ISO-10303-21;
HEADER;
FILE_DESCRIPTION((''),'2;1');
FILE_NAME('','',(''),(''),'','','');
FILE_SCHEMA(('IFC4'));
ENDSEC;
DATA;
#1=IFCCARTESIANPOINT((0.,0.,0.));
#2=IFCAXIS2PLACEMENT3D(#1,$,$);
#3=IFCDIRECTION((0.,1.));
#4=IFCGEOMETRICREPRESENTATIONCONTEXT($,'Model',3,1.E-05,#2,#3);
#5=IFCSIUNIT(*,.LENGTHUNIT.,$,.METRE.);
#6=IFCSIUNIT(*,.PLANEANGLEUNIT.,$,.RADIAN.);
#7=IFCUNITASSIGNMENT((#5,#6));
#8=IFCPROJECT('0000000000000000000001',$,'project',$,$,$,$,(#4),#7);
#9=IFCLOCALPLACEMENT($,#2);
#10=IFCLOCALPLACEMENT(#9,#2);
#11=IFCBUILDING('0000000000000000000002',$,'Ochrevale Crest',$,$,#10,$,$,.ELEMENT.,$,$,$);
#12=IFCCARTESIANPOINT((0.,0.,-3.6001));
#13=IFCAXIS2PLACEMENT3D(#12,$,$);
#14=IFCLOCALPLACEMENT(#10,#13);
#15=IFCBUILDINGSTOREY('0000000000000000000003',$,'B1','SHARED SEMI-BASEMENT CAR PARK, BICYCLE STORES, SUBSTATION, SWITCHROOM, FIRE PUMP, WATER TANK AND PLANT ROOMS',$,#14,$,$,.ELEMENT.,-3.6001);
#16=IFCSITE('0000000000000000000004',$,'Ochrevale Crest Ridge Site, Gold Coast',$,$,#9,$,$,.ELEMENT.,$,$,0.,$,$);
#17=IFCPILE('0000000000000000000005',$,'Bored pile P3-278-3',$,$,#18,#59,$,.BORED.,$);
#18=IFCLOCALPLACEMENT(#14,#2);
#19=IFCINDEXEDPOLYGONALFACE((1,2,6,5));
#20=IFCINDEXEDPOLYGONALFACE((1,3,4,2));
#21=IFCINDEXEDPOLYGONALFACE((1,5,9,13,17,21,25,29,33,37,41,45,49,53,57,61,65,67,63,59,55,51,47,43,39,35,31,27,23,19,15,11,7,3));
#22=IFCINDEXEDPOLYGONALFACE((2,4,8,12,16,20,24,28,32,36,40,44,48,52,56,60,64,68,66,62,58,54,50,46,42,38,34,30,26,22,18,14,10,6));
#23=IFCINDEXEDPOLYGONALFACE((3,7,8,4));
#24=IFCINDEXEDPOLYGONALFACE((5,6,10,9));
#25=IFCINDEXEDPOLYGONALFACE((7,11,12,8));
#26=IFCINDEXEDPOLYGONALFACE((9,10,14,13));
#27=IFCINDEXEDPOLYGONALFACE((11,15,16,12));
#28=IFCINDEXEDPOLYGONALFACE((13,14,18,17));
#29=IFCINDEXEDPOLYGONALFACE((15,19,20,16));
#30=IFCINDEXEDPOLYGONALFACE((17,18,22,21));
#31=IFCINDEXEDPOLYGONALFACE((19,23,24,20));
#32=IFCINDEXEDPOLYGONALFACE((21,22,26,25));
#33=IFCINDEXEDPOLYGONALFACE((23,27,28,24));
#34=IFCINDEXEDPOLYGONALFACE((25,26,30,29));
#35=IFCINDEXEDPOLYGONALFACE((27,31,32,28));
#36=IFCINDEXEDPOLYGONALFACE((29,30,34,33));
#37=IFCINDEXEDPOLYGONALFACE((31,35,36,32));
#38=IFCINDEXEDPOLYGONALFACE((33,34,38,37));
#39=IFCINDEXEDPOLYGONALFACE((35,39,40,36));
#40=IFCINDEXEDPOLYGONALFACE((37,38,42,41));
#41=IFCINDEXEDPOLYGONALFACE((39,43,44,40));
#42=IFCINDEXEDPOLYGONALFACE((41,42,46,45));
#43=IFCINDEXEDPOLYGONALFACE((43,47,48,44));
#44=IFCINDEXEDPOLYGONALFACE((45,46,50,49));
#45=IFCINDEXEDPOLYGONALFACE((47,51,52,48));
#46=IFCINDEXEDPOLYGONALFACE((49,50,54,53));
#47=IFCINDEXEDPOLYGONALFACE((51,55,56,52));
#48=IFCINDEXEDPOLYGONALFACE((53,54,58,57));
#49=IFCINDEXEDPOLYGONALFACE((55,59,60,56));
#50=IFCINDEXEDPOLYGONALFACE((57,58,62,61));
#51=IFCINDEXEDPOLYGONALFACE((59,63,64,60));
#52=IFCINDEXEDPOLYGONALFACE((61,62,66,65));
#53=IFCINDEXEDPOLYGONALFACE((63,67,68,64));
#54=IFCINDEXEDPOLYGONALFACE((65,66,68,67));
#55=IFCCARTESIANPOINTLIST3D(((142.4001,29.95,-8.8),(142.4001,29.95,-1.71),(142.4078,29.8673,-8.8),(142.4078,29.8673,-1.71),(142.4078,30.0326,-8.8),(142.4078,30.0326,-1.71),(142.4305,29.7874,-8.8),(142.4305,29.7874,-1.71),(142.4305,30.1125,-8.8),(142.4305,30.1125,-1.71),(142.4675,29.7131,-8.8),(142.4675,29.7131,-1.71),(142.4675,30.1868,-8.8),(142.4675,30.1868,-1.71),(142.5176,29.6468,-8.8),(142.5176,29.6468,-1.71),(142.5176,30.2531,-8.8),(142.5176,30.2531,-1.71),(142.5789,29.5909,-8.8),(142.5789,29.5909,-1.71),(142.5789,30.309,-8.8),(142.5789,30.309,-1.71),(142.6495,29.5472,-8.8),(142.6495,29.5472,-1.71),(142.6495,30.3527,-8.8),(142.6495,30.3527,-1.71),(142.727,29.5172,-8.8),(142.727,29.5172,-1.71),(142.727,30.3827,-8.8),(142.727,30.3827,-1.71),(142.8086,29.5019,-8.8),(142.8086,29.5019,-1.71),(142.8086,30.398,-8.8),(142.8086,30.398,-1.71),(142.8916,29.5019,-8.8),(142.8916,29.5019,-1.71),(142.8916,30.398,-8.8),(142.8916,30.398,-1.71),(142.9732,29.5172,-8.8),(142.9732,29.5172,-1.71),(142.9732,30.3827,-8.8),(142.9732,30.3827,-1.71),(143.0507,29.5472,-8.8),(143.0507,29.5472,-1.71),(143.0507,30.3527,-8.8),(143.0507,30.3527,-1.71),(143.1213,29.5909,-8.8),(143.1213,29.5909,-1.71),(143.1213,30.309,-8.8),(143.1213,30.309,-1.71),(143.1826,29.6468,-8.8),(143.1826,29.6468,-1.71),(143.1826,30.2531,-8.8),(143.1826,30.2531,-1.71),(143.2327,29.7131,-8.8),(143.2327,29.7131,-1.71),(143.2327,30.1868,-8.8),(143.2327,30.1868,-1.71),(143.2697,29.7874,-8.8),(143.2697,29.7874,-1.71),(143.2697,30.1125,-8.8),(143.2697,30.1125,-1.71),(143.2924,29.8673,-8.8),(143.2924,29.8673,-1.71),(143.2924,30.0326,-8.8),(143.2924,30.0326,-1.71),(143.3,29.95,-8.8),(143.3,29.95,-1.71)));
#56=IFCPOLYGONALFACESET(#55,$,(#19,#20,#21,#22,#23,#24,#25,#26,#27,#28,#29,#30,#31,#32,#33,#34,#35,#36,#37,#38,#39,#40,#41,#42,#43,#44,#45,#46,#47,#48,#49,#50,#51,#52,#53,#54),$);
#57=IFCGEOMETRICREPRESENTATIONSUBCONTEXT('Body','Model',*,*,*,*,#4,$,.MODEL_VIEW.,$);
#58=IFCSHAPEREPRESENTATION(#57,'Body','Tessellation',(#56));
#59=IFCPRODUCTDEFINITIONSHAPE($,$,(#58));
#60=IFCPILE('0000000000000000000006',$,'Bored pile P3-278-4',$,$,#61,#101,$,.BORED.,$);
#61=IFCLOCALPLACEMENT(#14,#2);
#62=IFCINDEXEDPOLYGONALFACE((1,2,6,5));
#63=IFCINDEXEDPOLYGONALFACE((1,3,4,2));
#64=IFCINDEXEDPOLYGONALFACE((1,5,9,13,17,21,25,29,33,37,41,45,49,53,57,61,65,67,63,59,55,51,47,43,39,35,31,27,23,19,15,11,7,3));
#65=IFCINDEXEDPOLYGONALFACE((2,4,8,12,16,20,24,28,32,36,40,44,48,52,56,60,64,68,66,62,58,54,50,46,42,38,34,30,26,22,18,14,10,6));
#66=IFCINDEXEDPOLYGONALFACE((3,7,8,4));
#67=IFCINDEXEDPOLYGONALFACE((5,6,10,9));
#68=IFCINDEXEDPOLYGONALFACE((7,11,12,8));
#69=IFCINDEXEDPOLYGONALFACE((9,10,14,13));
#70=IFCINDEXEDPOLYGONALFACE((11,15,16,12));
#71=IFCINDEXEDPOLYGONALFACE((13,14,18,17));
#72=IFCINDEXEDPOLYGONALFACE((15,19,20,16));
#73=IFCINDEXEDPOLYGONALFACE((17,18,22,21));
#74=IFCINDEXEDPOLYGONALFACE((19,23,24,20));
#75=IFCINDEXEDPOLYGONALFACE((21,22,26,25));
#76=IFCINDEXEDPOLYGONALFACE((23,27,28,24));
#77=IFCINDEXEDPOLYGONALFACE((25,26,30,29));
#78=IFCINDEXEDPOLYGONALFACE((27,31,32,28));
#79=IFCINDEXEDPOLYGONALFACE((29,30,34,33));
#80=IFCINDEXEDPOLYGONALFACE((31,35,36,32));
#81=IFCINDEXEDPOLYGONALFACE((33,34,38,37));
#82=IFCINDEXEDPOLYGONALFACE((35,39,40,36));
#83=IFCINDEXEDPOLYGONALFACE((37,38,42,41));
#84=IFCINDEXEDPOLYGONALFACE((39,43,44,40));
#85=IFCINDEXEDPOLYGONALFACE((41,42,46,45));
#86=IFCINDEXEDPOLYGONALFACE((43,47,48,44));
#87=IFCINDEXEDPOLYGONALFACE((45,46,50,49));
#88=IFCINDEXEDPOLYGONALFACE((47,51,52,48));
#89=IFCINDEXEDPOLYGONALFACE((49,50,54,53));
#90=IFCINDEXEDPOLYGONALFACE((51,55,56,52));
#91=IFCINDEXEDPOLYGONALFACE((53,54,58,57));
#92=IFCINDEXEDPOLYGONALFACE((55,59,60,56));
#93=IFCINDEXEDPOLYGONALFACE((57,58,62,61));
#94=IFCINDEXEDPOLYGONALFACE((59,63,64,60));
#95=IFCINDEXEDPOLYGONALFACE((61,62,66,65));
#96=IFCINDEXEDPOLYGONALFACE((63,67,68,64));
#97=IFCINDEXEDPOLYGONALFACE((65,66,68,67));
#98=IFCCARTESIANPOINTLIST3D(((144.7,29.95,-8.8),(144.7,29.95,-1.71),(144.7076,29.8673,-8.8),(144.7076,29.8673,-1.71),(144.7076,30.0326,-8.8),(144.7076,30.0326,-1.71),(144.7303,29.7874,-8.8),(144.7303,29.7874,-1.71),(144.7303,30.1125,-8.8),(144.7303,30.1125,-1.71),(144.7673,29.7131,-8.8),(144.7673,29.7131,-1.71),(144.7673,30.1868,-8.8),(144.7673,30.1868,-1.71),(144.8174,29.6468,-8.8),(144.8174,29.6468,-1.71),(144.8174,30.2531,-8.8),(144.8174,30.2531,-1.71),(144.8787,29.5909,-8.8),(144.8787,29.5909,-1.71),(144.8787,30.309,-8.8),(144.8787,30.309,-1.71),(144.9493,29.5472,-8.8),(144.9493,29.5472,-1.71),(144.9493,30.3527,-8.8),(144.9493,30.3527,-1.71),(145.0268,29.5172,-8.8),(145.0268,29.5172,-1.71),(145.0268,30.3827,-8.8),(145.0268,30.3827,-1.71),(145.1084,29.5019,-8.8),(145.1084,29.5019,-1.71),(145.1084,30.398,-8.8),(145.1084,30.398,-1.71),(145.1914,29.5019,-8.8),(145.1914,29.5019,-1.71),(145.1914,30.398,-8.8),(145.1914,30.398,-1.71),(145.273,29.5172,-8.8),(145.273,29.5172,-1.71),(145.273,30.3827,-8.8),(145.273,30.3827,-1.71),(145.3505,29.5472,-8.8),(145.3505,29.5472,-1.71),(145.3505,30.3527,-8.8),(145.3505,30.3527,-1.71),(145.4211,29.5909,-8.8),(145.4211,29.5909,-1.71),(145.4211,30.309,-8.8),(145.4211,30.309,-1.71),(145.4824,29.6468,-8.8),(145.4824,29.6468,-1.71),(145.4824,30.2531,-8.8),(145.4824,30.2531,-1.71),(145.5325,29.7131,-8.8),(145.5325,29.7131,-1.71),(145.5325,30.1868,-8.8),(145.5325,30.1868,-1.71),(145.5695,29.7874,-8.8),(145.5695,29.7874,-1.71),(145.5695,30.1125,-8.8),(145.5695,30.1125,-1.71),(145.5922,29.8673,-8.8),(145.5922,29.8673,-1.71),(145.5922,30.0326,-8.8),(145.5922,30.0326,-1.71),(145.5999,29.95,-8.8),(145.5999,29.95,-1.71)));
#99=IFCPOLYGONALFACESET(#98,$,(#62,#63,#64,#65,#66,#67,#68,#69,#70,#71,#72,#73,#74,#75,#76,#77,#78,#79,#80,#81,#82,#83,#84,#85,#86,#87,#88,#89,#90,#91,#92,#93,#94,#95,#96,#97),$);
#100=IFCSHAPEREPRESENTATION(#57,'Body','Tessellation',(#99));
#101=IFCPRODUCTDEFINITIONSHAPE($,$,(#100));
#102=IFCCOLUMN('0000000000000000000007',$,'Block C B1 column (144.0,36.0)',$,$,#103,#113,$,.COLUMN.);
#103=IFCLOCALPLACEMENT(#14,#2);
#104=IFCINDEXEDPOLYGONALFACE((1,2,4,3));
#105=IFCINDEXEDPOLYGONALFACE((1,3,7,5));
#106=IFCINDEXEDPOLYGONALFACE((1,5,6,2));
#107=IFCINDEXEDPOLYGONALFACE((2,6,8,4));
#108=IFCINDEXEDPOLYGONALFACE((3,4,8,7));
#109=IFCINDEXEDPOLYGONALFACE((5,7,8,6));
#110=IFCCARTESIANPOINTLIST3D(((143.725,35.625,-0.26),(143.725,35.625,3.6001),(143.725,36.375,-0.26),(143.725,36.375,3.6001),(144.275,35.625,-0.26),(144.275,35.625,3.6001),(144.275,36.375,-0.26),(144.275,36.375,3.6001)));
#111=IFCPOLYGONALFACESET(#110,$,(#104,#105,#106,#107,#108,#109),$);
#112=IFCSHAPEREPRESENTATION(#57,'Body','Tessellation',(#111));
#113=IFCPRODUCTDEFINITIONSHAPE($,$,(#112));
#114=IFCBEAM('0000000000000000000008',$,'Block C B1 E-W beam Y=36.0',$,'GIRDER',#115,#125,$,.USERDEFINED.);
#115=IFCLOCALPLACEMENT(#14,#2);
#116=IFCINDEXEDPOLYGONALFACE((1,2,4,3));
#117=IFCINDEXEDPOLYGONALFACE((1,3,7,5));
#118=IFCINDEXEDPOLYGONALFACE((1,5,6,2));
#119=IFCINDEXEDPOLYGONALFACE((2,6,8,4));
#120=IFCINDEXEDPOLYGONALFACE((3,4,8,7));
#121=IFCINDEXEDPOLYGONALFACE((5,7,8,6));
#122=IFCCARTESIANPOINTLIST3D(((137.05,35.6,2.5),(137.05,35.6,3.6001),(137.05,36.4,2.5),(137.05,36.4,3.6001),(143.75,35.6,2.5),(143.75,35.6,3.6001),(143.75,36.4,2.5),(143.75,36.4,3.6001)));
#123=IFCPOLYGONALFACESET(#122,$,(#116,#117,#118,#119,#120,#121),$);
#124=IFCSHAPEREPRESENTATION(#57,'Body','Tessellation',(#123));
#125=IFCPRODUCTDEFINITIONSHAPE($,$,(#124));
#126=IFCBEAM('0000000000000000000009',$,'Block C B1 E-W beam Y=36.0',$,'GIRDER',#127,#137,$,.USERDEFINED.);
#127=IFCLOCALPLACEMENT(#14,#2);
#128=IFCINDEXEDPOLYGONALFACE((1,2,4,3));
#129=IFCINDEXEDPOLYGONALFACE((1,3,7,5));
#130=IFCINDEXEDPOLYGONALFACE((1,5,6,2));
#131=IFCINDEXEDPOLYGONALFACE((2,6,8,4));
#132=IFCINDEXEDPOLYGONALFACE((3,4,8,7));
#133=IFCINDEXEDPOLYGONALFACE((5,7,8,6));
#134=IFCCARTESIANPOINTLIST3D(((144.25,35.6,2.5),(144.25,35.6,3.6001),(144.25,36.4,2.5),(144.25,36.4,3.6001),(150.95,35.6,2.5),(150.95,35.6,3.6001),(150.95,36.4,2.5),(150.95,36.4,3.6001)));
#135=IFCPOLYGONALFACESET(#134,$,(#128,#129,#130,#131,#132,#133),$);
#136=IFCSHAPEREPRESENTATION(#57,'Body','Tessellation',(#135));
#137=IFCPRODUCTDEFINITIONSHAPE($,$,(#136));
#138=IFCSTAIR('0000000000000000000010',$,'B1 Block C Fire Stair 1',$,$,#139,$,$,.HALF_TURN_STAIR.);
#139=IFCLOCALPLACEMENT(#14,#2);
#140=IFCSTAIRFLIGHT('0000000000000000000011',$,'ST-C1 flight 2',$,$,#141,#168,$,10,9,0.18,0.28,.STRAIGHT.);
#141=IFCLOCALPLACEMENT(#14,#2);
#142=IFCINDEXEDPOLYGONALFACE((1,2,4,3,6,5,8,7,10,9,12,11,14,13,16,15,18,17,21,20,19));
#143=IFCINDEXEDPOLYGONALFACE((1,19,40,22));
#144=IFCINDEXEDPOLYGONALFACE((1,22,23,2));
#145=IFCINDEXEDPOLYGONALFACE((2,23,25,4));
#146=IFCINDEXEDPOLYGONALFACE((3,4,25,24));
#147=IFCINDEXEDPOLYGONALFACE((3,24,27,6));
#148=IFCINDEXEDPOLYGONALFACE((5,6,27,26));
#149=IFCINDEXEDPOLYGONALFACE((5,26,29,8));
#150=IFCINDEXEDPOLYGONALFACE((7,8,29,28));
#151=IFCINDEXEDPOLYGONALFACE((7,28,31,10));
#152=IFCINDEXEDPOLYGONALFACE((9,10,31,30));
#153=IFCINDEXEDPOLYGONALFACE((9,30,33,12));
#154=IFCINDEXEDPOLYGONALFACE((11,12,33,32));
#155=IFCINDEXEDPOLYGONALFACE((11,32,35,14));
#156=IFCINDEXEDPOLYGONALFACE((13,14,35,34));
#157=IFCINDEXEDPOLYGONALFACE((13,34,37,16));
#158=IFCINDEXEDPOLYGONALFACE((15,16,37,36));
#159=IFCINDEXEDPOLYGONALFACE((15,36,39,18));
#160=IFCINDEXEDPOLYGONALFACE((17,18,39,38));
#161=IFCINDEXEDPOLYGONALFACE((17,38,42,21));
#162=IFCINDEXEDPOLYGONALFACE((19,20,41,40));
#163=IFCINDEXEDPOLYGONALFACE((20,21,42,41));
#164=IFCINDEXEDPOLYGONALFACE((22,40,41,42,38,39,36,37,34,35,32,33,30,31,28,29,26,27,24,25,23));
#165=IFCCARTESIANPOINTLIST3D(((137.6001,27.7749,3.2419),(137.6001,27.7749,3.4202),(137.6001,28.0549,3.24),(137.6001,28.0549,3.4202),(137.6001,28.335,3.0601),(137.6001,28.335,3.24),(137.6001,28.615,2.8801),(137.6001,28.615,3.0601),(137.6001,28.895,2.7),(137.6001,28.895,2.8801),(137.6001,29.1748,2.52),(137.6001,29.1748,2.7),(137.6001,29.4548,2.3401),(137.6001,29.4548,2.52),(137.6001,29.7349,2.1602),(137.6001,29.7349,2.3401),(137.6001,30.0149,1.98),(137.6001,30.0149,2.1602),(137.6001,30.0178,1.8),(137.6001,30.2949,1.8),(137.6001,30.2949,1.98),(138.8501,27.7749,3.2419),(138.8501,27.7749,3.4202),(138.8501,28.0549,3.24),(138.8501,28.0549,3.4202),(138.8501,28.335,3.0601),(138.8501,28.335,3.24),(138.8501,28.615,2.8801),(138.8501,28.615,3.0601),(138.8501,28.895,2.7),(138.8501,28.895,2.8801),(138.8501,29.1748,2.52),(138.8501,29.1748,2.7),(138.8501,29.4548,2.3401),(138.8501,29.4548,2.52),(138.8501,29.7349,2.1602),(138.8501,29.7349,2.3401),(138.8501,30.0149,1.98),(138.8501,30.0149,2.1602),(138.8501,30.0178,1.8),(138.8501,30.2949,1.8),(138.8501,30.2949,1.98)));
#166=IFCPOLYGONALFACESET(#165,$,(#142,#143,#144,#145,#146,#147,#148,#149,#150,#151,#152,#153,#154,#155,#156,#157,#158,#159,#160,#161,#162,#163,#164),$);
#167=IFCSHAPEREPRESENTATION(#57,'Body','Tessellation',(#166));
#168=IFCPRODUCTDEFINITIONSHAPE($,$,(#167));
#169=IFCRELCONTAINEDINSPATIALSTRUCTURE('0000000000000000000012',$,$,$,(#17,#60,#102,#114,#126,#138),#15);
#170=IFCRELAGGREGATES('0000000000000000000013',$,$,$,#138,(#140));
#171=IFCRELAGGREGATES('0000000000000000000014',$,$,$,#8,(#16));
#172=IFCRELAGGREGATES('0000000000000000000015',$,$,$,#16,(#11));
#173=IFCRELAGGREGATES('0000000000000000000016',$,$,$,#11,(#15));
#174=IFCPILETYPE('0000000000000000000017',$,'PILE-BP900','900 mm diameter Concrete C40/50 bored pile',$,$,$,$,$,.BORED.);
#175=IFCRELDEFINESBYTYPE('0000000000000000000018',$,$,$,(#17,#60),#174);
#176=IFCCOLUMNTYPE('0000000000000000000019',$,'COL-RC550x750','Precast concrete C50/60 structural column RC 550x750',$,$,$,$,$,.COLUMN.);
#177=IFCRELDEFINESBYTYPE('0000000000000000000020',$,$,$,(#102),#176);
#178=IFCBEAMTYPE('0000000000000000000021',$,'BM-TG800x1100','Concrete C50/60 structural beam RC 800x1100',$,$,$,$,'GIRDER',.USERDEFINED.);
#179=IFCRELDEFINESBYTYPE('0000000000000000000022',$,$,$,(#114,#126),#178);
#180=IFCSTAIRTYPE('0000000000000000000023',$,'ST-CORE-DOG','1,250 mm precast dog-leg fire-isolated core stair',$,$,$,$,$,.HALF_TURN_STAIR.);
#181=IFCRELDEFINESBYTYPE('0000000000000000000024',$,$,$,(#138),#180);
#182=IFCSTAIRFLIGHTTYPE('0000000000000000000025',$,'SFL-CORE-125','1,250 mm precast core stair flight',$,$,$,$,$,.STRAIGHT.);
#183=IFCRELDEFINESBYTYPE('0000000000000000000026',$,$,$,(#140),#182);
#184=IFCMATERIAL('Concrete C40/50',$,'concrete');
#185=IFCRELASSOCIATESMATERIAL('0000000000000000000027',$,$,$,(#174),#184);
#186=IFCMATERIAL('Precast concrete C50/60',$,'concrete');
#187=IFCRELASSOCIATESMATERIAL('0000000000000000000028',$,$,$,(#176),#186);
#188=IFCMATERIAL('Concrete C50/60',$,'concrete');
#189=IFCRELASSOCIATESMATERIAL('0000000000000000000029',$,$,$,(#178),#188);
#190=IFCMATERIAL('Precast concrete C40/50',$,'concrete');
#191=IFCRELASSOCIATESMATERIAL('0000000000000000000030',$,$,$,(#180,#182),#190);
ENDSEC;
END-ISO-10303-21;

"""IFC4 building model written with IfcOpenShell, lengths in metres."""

from ifc_helpers import new_model, si_unit, direction, frame, origin, origin_2d, place, context, subcontext, project, spatial, polyline, rectangle, circle, outline, extrude, material, material_profile, profile_set, type_object, element, aggregate, save


model = new_model("IFC4")

# Units and contexts
model_context = context("Model", 3, precision=1e-05, world=origin(), true_north=direction((0.0, 1.0)))
body_context = subcontext(model_context, "Body", "Model", "MODEL_VIEW")
ifc_project = project(units=[si_unit("LENGTHUNIT", "METRE"), si_unit("PLANEANGLEUNIT", "RADIAN")], contexts=[model_context])

# Site, building, storey
site_placement = place(None, origin())
site = spatial("IfcSite", under=ifc_project, at=site_placement, Name="Ochrevale Crest Ridge Site, Gold Coast", CompositionType="ELEMENT", RefElevation=0.0)
building_placement = place(site_placement, origin())
building = spatial("IfcBuilding", under=site, at=building_placement, Name="Ochrevale Crest", CompositionType="ELEMENT")
storey_placement = place(building_placement, frame((0.0, 0.0, -3.6001)))
storey = spatial("IfcBuildingStorey", under=building, at=storey_placement, Name="B1", Description="SHARED SEMI-BASEMENT CAR PARK, BICYCLE STORES, SUBSTATION, SWITCHROOM, FIRE PUMP, WATER TANK AND PLANT ROOMS", CompositionType="ELEMENT", Elevation=-3.6001)

# Shared definitions
ifc_material_1 = material(Name="Concrete C40/50", Category="concrete")

# Piles
ifc_material_profile_1 = material_profile(ifc_material_1, circle(Radius=0.45, at=origin_2d()), Name="BORED PILE 900")
ifc_profile_set_1 = profile_set([ifc_material_profile_1], Name="Concrete C40/50")
pile_type_1 = type_object("IfcPileType", Name="PILE-BP900", Description="900 mm diameter Concrete C40/50 bored pile", PredefinedType="BORED", material=ifc_profile_set_1)
for number, where, z_axis, x_axis, name in (
    (1, (142.8501, 29.95, -1.71), (0.0, 0.0, -1.0), (1.0, 0.0, 0.0), "Bored pile P3-278-3"),
    (2, (145.1499, 29.95, -1.71), (0.0, 0.0, -1.0), (1.0, 0.0, 0.0), "Bored pile P3-278-4"),
):
    element("IfcPile", number, at=place(storey_placement, frame(where, z_axis=z_axis, x_axis=x_axis)), inside=storey, type_object=pile_type_1, Name=name, PredefinedType="BORED", context=body_context, shape_type="SweptSolid", body=[
        extrude(circle(Radius=0.45, at=origin_2d()), origin(), (0.0, 0.0, 1.0), 7.0901),
    ])

# Column
ifc_material_2 = material(Name="Precast concrete C50/60", Category="concrete")
ifc_material_profile_2 = material_profile(ifc_material_2, rectangle(XDim=0.55, YDim=0.75, at=origin_2d()), Name="RC 550x750")
ifc_profile_set_2 = profile_set([ifc_material_profile_2], Name="Precast concrete C50/60")
column_type = type_object("IfcColumnType", Name="COL-RC550x750", Description="Precast concrete C50/60 structural column RC 550x750", PredefinedType="COLUMN", material=ifc_profile_set_2)
column_placement = place(storey_placement, frame((144.0, 36.0, -0.26), z_axis=(0.0, 0.0, 1.0), x_axis=(1.0, 0.0, 0.0)))
element("IfcColumn", 3, at=column_placement, inside=storey, type_object=column_type, Name="Block C B1 column (144.0,36.0)", PredefinedType="COLUMN", context=body_context, shape_type="SweptSolid", body=[
    extrude(rectangle(XDim=0.55, YDim=0.75, at=origin_2d()), origin(), (0.0, 0.0, 1.0), 3.8601),
])

# Beams
ifc_material_3 = material(Name="Concrete C50/60", Category="concrete")
ifc_material_profile_3 = material_profile(ifc_material_3, rectangle(XDim=0.8, YDim=1.1001, at=origin_2d()), Name="RC 800x1100")
ifc_profile_set_3 = profile_set([ifc_material_profile_3], Name="Concrete C50/60")
beam_type = type_object("IfcBeamType", Name="BM-TG800x1100", Description="Concrete C50/60 structural beam RC 800x1100", ElementType="GIRDER", PredefinedType="USERDEFINED", material=ifc_profile_set_3)
for number, where, z_axis, x_axis, name in (
    (4, (137.05, 36.0, 3.05), (1.0, 0.0, 0.0), (0.0, 1.0, 0.0), "Block C B1 E-W beam Y=36.0"),
    (5, (144.25, 36.0, 3.05), (1.0, 0.0, 0.0), (0.0, 1.0, 0.0), "Block C B1 E-W beam Y=36.0"),
):
    element("IfcBeam", number, at=place(storey_placement, frame(where, z_axis=z_axis, x_axis=x_axis)), inside=storey, type_object=beam_type, Name=name, ObjectType="GIRDER", PredefinedType="USERDEFINED", context=body_context, shape_type="SweptSolid", body=[
        extrude(rectangle(XDim=0.8, YDim=1.1001, at=origin_2d()), origin(), (0.0, 0.0, 1.0), 6.7),
    ])

# Stair, stair flight
ifc_material_4 = material(Name="Precast concrete C40/50", Category="concrete")
stair_type = type_object("IfcStairType", Name="ST-CORE-DOG", Description="1,250 mm precast dog-leg fire-isolated core stair", PredefinedType="HALF_TURN_STAIR", material=ifc_material_4)
stair_placement = place(storey_placement, origin())
stair = element("IfcStair", 6, at=stair_placement, inside=storey, type_object=stair_type, Name="B1 Block C Fire Stair 1", PredefinedType="HALF_TURN_STAIR")
stair_flight_type = type_object("IfcStairFlightType", Name="SFL-CORE-125", Description="1,250 mm precast core stair flight", PredefinedType="STRAIGHT", material=ifc_material_4)
stair_flight_placement = place(storey_placement, frame((138.2251, 30.2949, 1.8), z_axis=(0.0, 0.0, 1.0), x_axis=(0.0, -1.0, 0.0)))
stair_flight = element("IfcStairFlight", 7, at=stair_flight_placement, type_object=stair_flight_type, Name="ST-C1 flight 2", NumberOfRisers=10, NumberOfTreads=9, PredefinedType="STRAIGHT", RiserHeight=0.18, TreadLength=0.28, context=body_context, shape_type="SweptSolid", body=[
    extrude(outline(polyline([(0.0, 0.0), (0.0, 0.1799), (0.28, 0.1799), (0.28, 0.3601), (0.5601, 0.3601), (0.5601, 0.54), (0.8401, 0.54), (0.8401, 0.72), (1.1201, 0.72), (1.1201, 0.8999), (1.3999, 0.8999), (1.3999, 1.0801), (1.6799, 1.0801), (1.6799, 1.26), (1.96, 1.26), (1.96, 1.4399), (2.24, 1.4399), (2.24, 1.6201), (2.52, 1.6201), (2.52, 1.8), (2.52, 1.4419), (0.2771, 0.0), (0.0, 0.0)])), frame((0.0, 0.625, 0.0), z_axis=(0.0, -1.0, 0.0), x_axis=(1.0, 0.0, 0.0)), (0.0, 0.0, 1.0), 1.25),
])
aggregate(stair, [stair_flight])

save(model, "model.ifc")
